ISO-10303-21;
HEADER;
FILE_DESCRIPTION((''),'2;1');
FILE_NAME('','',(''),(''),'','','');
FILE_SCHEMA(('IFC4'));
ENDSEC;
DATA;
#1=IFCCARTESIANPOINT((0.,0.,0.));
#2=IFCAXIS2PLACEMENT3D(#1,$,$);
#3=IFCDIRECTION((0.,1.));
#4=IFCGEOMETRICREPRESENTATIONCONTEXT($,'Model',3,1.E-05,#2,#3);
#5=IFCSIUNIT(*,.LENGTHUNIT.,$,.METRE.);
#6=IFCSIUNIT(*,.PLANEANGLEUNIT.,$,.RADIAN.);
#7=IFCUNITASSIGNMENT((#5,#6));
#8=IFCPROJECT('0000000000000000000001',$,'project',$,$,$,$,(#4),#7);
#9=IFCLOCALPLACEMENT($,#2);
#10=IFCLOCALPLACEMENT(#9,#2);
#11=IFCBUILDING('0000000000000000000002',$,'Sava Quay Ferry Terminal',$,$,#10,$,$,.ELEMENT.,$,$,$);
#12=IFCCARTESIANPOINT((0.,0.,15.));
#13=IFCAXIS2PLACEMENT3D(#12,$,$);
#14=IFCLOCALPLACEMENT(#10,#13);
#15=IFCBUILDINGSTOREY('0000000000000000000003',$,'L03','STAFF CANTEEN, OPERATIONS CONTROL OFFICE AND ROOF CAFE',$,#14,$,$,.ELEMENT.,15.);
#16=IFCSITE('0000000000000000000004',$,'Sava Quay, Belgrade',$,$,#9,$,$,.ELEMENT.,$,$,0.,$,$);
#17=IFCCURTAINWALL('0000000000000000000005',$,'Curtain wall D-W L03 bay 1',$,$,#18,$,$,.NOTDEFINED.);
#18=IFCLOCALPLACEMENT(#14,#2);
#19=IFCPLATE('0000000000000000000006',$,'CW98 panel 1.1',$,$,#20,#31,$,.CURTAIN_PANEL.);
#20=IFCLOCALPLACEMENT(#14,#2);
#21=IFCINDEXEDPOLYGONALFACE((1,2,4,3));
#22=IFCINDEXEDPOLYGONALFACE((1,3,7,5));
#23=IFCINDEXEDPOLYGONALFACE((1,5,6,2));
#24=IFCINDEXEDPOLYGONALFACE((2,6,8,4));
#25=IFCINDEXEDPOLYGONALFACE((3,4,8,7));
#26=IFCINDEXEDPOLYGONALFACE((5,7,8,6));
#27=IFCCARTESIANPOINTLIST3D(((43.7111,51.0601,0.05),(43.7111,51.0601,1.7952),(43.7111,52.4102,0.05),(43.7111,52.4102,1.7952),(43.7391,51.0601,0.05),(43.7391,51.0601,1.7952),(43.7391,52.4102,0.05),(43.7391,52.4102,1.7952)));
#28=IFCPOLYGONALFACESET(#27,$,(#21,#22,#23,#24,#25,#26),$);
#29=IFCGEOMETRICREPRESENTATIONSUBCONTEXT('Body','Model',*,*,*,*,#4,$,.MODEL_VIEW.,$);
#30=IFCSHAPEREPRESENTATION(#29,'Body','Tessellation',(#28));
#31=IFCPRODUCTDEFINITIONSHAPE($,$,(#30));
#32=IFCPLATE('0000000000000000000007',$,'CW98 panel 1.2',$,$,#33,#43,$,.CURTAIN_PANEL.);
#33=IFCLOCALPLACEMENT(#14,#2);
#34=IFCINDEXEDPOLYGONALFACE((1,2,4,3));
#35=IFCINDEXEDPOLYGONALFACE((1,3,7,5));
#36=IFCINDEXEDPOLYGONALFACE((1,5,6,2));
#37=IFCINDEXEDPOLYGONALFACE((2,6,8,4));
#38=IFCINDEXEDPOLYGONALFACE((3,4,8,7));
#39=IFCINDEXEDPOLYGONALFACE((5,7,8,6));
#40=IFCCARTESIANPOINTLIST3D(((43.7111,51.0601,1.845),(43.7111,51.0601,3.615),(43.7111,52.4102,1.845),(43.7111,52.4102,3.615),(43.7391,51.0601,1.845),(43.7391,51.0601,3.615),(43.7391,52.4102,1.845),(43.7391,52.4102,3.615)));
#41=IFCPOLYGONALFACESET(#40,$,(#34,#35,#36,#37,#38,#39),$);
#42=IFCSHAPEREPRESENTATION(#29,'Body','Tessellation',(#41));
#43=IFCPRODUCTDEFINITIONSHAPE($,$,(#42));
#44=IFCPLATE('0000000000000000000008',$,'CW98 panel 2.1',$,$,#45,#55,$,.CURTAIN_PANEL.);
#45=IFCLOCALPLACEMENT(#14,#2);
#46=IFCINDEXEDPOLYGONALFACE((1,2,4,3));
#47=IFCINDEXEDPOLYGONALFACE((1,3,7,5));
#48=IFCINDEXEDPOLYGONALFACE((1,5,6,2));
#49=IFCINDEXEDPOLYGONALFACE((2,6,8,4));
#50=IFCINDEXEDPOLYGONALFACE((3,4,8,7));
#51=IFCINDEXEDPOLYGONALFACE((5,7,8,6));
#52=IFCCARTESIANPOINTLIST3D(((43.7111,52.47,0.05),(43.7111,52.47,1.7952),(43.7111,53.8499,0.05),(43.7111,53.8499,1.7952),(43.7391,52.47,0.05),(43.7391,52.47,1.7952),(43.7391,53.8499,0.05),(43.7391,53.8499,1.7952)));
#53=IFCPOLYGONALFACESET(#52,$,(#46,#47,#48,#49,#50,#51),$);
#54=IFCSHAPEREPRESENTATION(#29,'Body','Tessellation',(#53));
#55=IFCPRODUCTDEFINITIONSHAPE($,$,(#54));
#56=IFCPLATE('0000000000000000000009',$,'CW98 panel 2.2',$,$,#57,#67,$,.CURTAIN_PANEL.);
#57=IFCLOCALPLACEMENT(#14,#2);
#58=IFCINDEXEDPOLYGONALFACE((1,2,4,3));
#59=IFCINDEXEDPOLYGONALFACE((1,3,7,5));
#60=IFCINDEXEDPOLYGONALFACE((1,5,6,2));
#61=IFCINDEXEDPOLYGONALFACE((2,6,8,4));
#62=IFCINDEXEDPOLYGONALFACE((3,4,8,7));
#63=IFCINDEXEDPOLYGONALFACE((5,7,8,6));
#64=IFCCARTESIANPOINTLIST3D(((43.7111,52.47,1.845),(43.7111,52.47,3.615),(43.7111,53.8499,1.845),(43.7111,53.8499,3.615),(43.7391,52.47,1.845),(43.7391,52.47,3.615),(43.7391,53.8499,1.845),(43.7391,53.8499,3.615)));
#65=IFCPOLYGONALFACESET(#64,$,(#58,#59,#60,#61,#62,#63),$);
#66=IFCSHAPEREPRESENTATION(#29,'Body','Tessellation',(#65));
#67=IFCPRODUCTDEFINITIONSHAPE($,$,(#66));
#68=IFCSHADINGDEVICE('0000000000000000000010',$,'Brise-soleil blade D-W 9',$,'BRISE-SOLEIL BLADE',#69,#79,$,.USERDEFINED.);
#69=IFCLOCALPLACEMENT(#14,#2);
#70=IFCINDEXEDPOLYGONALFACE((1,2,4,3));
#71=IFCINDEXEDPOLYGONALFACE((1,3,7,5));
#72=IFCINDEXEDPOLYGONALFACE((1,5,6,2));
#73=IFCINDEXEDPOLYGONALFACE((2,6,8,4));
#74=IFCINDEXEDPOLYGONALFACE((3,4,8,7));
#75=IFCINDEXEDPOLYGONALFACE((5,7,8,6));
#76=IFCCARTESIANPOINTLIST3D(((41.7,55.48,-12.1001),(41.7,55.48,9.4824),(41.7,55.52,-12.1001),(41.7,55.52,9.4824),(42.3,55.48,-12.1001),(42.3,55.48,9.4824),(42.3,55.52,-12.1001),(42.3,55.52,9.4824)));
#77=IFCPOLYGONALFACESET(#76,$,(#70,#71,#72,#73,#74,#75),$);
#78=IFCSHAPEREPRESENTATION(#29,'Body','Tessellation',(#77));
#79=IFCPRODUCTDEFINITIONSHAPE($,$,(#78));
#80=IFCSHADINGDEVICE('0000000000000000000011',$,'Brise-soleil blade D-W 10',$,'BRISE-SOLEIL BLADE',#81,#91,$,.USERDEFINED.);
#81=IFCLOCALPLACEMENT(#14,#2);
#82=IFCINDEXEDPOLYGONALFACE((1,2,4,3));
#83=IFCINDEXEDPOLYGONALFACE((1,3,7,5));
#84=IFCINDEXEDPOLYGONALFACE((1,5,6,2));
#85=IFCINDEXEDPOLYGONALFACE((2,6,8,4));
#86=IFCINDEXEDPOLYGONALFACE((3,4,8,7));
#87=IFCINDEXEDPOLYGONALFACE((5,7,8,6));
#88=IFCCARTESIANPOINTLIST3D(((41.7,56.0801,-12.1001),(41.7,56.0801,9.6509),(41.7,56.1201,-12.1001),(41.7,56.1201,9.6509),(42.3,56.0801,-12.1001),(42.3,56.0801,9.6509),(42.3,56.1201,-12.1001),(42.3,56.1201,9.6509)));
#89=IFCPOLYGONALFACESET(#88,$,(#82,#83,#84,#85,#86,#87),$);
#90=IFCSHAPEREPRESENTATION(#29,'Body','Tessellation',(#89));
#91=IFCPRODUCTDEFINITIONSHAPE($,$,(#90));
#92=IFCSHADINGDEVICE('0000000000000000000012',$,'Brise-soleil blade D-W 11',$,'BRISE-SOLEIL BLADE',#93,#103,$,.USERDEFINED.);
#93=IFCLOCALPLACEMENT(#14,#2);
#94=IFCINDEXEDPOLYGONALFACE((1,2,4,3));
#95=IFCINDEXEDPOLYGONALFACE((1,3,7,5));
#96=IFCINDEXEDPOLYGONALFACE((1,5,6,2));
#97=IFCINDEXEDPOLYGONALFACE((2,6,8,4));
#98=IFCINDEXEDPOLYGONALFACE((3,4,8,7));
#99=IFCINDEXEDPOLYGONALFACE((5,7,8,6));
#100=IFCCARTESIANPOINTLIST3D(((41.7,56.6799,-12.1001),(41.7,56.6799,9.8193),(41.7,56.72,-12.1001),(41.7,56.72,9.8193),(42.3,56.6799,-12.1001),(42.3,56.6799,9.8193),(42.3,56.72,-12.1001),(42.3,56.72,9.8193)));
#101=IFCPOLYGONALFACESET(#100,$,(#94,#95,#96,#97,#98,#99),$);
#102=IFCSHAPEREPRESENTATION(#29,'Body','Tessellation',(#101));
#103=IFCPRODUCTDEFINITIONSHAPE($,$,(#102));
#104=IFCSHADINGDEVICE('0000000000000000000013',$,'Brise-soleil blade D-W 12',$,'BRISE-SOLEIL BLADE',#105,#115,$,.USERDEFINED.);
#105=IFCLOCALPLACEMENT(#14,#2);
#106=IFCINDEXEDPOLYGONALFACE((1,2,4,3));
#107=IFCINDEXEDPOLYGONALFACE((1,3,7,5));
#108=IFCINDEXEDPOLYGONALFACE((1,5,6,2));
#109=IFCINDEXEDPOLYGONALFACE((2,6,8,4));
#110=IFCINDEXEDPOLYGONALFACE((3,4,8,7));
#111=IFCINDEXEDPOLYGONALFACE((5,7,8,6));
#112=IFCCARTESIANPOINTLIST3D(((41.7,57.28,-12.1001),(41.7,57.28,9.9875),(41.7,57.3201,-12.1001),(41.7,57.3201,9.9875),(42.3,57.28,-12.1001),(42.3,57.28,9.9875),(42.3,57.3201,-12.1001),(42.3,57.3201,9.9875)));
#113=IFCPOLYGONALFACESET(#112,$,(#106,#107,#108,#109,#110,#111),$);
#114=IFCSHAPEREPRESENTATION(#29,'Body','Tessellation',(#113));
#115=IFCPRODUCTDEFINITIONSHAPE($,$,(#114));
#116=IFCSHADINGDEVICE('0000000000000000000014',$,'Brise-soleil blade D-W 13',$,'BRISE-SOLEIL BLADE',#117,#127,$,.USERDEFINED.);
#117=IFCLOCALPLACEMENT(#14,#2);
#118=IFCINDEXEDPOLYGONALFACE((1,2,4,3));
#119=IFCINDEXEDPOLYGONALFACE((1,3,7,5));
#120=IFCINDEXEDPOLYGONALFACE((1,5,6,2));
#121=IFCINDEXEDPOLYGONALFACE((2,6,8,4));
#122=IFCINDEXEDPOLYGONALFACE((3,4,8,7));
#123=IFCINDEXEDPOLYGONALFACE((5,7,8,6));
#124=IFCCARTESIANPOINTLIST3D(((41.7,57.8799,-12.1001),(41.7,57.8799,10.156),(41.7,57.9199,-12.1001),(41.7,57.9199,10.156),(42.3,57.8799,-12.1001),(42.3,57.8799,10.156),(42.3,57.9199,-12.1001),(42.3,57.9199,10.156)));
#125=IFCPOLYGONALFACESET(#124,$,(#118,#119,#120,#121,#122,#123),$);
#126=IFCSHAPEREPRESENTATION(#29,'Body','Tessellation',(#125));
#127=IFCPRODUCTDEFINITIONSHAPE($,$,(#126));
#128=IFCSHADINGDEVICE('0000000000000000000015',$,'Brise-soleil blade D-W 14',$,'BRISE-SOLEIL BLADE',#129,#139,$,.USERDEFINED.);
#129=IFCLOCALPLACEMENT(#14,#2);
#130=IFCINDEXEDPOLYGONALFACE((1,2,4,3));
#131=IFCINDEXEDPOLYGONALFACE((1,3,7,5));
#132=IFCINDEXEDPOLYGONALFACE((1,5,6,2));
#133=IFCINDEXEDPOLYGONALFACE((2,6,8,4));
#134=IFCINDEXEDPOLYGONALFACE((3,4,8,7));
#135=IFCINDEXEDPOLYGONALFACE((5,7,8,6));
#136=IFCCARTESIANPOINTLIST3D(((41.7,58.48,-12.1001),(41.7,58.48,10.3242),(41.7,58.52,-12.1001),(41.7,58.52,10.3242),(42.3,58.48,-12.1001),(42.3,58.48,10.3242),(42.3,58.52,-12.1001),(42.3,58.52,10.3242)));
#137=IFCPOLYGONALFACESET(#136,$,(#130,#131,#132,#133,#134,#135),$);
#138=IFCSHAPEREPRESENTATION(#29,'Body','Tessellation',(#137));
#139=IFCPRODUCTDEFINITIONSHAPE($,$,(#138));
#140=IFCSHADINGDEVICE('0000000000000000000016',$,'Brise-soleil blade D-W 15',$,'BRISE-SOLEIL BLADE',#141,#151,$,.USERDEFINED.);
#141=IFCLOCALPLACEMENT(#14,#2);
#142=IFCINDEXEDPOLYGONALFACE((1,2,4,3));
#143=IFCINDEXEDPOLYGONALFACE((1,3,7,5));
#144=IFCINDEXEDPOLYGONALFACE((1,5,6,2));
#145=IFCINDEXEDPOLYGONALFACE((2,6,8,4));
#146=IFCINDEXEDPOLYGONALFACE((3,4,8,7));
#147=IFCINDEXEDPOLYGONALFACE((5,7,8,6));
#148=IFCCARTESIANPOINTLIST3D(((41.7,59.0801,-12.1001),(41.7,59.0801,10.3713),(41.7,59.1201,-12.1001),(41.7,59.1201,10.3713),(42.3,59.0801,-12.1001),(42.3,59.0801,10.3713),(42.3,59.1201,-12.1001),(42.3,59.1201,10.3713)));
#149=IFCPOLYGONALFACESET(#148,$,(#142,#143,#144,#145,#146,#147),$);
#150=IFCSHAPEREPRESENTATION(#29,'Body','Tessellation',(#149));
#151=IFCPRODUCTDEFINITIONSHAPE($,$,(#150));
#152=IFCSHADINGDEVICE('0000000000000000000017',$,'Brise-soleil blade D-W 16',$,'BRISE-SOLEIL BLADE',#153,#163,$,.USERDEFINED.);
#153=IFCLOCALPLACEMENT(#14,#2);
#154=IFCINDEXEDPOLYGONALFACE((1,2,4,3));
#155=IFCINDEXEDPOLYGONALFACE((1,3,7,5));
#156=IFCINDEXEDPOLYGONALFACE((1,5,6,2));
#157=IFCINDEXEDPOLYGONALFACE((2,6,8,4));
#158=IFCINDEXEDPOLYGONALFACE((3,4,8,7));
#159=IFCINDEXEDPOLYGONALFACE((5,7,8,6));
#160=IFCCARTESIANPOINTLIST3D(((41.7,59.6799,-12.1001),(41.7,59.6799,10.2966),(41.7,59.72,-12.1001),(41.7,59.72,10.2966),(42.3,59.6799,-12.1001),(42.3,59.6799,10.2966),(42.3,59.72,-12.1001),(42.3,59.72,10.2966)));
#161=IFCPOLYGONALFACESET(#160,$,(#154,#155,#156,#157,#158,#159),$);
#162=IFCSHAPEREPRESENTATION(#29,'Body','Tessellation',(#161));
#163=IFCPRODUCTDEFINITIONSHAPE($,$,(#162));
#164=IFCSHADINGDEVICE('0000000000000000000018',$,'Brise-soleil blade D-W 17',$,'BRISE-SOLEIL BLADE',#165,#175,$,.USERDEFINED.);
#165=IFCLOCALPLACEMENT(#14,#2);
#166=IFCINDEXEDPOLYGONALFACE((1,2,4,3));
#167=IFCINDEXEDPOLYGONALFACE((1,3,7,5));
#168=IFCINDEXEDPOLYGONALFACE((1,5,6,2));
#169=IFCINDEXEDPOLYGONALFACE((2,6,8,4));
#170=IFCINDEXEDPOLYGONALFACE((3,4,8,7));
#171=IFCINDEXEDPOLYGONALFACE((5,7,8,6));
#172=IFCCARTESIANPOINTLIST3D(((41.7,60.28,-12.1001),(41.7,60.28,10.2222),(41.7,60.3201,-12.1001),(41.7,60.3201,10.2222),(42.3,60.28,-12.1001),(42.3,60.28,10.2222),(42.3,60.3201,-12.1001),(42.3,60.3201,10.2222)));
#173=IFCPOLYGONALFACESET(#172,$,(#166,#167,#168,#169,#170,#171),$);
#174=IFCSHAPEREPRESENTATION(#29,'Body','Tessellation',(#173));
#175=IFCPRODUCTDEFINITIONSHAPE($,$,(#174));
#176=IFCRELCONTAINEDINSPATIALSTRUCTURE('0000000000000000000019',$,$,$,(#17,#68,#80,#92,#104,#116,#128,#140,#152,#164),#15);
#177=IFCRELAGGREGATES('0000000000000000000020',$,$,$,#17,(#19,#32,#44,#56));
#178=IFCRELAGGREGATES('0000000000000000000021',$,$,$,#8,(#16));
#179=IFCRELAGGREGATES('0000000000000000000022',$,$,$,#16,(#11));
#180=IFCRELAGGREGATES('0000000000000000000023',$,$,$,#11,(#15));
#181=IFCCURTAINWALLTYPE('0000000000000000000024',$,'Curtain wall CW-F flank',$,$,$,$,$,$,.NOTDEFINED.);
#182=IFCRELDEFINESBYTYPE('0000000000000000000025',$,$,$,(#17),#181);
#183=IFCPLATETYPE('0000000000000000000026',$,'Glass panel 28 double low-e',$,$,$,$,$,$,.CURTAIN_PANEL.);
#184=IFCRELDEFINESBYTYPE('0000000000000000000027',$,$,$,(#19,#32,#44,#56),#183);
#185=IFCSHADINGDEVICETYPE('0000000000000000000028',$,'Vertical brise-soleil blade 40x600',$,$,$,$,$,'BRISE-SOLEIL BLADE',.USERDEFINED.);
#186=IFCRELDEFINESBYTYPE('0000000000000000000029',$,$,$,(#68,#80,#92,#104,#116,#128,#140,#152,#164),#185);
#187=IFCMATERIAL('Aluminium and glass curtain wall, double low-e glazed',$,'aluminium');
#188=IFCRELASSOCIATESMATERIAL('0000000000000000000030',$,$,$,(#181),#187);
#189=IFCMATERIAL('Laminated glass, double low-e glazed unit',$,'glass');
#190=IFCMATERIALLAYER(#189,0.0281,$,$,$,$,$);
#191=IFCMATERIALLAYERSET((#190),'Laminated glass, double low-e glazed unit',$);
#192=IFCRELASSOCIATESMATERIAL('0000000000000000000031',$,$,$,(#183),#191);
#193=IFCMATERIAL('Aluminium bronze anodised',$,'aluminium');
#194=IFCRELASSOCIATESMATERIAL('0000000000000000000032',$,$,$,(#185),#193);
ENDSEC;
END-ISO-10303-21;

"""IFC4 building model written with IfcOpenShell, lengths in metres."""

from ifc_helpers import new_model, si_unit, direction, frame, origin, origin_2d, place, context, subcontext, project, spatial, rectangle, extrude, material, layer, layer_set, material_profile, profile_set, type_object, element, aggregate, save


model = new_model("IFC4")

# Units and contexts
model_context = context("Model", 3, precision=1e-05, world=origin(), true_north=direction((0.0, 1.0)))
body_context = subcontext(model_context, "Body", "Model", "MODEL_VIEW")
ifc_project = project(units=[si_unit("LENGTHUNIT", "METRE"), si_unit("PLANEANGLEUNIT", "RADIAN")], contexts=[model_context])

# Site, building, storey
site_placement = place(None, origin())
site = spatial("IfcSite", under=ifc_project, at=site_placement, Name="Sava Quay, Belgrade", CompositionType="ELEMENT", RefElevation=0.0)
building_placement = place(site_placement, origin())
building = spatial("IfcBuilding", under=site, at=building_placement, Name="Sava Quay Ferry Terminal", CompositionType="ELEMENT")
storey_placement = place(building_placement, frame((0.0, 0.0, 15.0)))
storey = spatial("IfcBuildingStorey", under=building, at=storey_placement, Name="L03", Description="STAFF CANTEEN, OPERATIONS CONTROL OFFICE AND ROOF CAFE", CompositionType="ELEMENT", Elevation=15.0)

# Curtain wall, plates
ifc_material_1 = material(Name="Aluminium and glass curtain wall, double low-e glazed", Category="aluminium")
curtain_wall_type = type_object("IfcCurtainWallType", Name="Curtain wall CW-F flank", PredefinedType="NOTDEFINED", material=ifc_material_1)
curtain_wall_placement = place(storey_placement, origin())
curtain_wall = element("IfcCurtainWall", 1, at=curtain_wall_placement, inside=storey, type_object=curtain_wall_type, Name="Curtain wall D-W L03 bay 1", PredefinedType="NOTDEFINED")
ifc_material_2 = material(Name="Laminated glass, double low-e glazed unit", Category="glass")
ifc_layer = layer(ifc_material_2, 0.0281)
ifc_layer_set = layer_set([ifc_layer], Name="Laminated glass, double low-e glazed unit")
plate_type = type_object("IfcPlateType", Name="Glass panel 28 double low-e", PredefinedType="CURTAIN_PANEL", material=ifc_layer_set)
plate_1_placement = place(storey_placement, frame((43.7251, 51.7351, 0.05), z_axis=(0.0, 0.0, 1.0), x_axis=(0.0, 1.0, 0.0)))
plate_1 = element("IfcPlate", 2, at=plate_1_placement, type_object=plate_type, Name="CW98 panel 1.1", PredefinedType="CURTAIN_PANEL", context=body_context, shape_type="SweptSolid", body=[
    extrude(rectangle(XDim=1.3501, YDim=0.0281, at=origin_2d()), origin(), (0.0, 0.0, 1.0), 1.7451),
])
plate_2_placement = place(storey_placement, frame((43.7251, 51.7351, 1.845), z_axis=(0.0, 0.0, 1.0), x_axis=(0.0, 1.0, 0.0)))
plate_2 = element("IfcPlate", 3, at=plate_2_placement, type_object=plate_type, Name="CW98 panel 1.2", PredefinedType="CURTAIN_PANEL", context=body_context, shape_type="SweptSolid", body=[
    extrude(rectangle(XDim=1.3501, YDim=0.0281, at=origin_2d()), origin(), (0.0, 0.0, 1.0), 1.77),
])
plate_3_placement = place(storey_placement, frame((43.7251, 53.1599, 0.05), z_axis=(0.0, 0.0, 1.0), x_axis=(0.0, 1.0, 0.0)))
plate_3 = element("IfcPlate", 4, at=plate_3_placement, type_object=plate_type, Name="CW98 panel 2.1", PredefinedType="CURTAIN_PANEL", context=body_context, shape_type="SweptSolid", body=[
    extrude(rectangle(XDim=1.3799, YDim=0.0281, at=origin_2d()), origin(), (0.0, 0.0, 1.0), 1.7451),
])
plate_4_placement = place(storey_placement, frame((43.7251, 53.1599, 1.845), z_axis=(0.0, 0.0, 1.0), x_axis=(0.0, 1.0, 0.0)))
plate_4 = element("IfcPlate", 5, at=plate_4_placement, type_object=plate_type, Name="CW98 panel 2.2", PredefinedType="CURTAIN_PANEL", context=body_context, shape_type="SweptSolid", body=[
    extrude(rectangle(XDim=1.3799, YDim=0.0281, at=origin_2d()), origin(), (0.0, 0.0, 1.0), 1.77),
])
aggregate(curtain_wall, [plate_1, plate_2, plate_3, plate_4])

# Shading devices
ifc_material_3 = material(Name="Aluminium bronze anodised", Category="aluminium")
ifc_material_profile_1 = material_profile(ifc_material_3, rectangle(XDim=0.04, YDim=0.6001, at=origin_2d()), Name="Vertical brise-soleil blade 40x600")
ifc_profile_set_1 = profile_set([ifc_material_profile_1], Name="Aluminium bronze anodised")
shading_device_type = type_object("IfcShadingDeviceType", Name="Vertical brise-soleil blade 40x600", ElementType="BRISE-SOLEIL BLADE", PredefinedType="USERDEFINED", material=ifc_profile_set_1)
shading_device_1_placement = place(storey_placement, frame((42.0, 55.5, -12.1001), z_axis=(0.0, 0.0, 1.0), x_axis=(0.0, 1.0, 0.0)))
element("IfcShadingDevice", 6, at=shading_device_1_placement, inside=storey, type_object=shading_device_type, Name="Brise-soleil blade D-W 9", ObjectType="BRISE-SOLEIL BLADE", PredefinedType="USERDEFINED", context=body_context, shape_type="SweptSolid", body=[
    extrude(rectangle(XDim=0.04, YDim=0.6001, at=origin_2d()), origin(), (0.0, 0.0, 1.0), 21.5825),
])
shading_device_2_placement = place(storey_placement, frame((42.0, 56.1001, -12.1001), z_axis=(0.0, 0.0, 1.0), x_axis=(0.0, 1.0, 0.0)))
element("IfcShadingDevice", 7, at=shading_device_2_placement, inside=storey, type_object=shading_device_type, Name="Brise-soleil blade D-W 10", ObjectType="BRISE-SOLEIL BLADE", PredefinedType="USERDEFINED", context=body_context, shape_type="SweptSolid", body=[
    extrude(rectangle(XDim=0.04, YDim=0.6001, at=origin_2d()), origin(), (0.0, 0.0, 1.0), 21.751),
])
shading_device_3_placement = place(storey_placement, frame((42.0, 56.7, -12.1001), z_axis=(0.0, 0.0, 1.0), x_axis=(0.0, 1.0, 0.0)))
element("IfcShadingDevice", 8, at=shading_device_3_placement, inside=storey, type_object=shading_device_type, Name="Brise-soleil blade D-W 11", ObjectType="BRISE-SOLEIL BLADE", PredefinedType="USERDEFINED", context=body_context, shape_type="SweptSolid", body=[
    extrude(rectangle(XDim=0.04, YDim=0.6001, at=origin_2d()), origin(), (0.0, 0.0, 1.0), 21.9194),
])
shading_device_4_placement = place(storey_placement, frame((42.0, 57.3, -12.1001), z_axis=(0.0, 0.0, 1.0), x_axis=(0.0, 1.0, 0.0)))
element("IfcShadingDevice", 9, at=shading_device_4_placement, inside=storey, type_object=shading_device_type, Name="Brise-soleil blade D-W 12", ObjectType="BRISE-SOLEIL BLADE", PredefinedType="USERDEFINED", context=body_context, shape_type="SweptSolid", body=[
    extrude(rectangle(XDim=0.04, YDim=0.6001, at=origin_2d()), origin(), (0.0, 0.0, 1.0), 22.0876),
])
shading_device_5_placement = place(storey_placement, frame((42.0, 57.8999, -12.1001), z_axis=(0.0, 0.0, 1.0), x_axis=(0.0, 1.0, 0.0)))
element("IfcShadingDevice", 10, at=shading_device_5_placement, inside=storey, type_object=shading_device_type, Name="Brise-soleil blade D-W 13", ObjectType="BRISE-SOLEIL BLADE", PredefinedType="USERDEFINED", context=body_context, shape_type="SweptSolid", body=[
    extrude(rectangle(XDim=0.04, YDim=0.6001, at=origin_2d()), origin(), (0.0, 0.0, 1.0), 22.2561),
])
shading_device_6_placement = place(storey_placement, frame((42.0, 58.5, -12.1001), z_axis=(0.0, 0.0, 1.0), x_axis=(0.0, 1.0, 0.0)))
element("IfcShadingDevice", 11, at=shading_device_6_placement, inside=storey, type_object=shading_device_type, Name="Brise-soleil blade D-W 14", ObjectType="BRISE-SOLEIL BLADE", PredefinedType="USERDEFINED", context=body_context, shape_type="SweptSolid", body=[
    extrude(rectangle(XDim=0.04, YDim=0.6001, at=origin_2d()), origin(), (0.0, 0.0, 1.0), 22.4243),
])
shading_device_7_placement = place(storey_placement, frame((42.0, 59.1001, -12.1001), z_axis=(0.0, 0.0, 1.0), x_axis=(0.0, 1.0, 0.0)))
element("IfcShadingDevice", 12, at=shading_device_7_placement, inside=storey, type_object=shading_device_type, Name="Brise-soleil blade D-W 15", ObjectType="BRISE-SOLEIL BLADE", PredefinedType="USERDEFINED", context=body_context, shape_type="SweptSolid", body=[
    extrude(rectangle(XDim=0.04, YDim=0.6001, at=origin_2d()), origin(), (0.0, 0.0, 1.0), 22.4714),
])
shading_device_8_placement = place(storey_placement, frame((42.0, 59.7, -12.1001), z_axis=(0.0, 0.0, 1.0), x_axis=(0.0, 1.0, 0.0)))
element("IfcShadingDevice", 13, at=shading_device_8_placement, inside=storey, type_object=shading_device_type, Name="Brise-soleil blade D-W 16", ObjectType="BRISE-SOLEIL BLADE", PredefinedType="USERDEFINED", context=body_context, shape_type="SweptSolid", body=[
    extrude(rectangle(XDim=0.04, YDim=0.6001, at=origin_2d()), origin(), (0.0, 0.0, 1.0), 22.3967),
])
shading_device_9_placement = place(storey_placement, frame((42.0, 60.3, -12.1001), z_axis=(0.0, 0.0, 1.0), x_axis=(0.0, 1.0, 0.0)))
element("IfcShadingDevice", 14, at=shading_device_9_placement, inside=storey, type_object=shading_device_type, Name="Brise-soleil blade D-W 17", ObjectType="BRISE-SOLEIL BLADE", PredefinedType="USERDEFINED", context=body_context, shape_type="SweptSolid", body=[
    extrude(rectangle(XDim=0.04, YDim=0.6001, at=origin_2d()), origin(), (0.0, 0.0, 1.0), 22.3223),
])

save(model, "model.ifc")
